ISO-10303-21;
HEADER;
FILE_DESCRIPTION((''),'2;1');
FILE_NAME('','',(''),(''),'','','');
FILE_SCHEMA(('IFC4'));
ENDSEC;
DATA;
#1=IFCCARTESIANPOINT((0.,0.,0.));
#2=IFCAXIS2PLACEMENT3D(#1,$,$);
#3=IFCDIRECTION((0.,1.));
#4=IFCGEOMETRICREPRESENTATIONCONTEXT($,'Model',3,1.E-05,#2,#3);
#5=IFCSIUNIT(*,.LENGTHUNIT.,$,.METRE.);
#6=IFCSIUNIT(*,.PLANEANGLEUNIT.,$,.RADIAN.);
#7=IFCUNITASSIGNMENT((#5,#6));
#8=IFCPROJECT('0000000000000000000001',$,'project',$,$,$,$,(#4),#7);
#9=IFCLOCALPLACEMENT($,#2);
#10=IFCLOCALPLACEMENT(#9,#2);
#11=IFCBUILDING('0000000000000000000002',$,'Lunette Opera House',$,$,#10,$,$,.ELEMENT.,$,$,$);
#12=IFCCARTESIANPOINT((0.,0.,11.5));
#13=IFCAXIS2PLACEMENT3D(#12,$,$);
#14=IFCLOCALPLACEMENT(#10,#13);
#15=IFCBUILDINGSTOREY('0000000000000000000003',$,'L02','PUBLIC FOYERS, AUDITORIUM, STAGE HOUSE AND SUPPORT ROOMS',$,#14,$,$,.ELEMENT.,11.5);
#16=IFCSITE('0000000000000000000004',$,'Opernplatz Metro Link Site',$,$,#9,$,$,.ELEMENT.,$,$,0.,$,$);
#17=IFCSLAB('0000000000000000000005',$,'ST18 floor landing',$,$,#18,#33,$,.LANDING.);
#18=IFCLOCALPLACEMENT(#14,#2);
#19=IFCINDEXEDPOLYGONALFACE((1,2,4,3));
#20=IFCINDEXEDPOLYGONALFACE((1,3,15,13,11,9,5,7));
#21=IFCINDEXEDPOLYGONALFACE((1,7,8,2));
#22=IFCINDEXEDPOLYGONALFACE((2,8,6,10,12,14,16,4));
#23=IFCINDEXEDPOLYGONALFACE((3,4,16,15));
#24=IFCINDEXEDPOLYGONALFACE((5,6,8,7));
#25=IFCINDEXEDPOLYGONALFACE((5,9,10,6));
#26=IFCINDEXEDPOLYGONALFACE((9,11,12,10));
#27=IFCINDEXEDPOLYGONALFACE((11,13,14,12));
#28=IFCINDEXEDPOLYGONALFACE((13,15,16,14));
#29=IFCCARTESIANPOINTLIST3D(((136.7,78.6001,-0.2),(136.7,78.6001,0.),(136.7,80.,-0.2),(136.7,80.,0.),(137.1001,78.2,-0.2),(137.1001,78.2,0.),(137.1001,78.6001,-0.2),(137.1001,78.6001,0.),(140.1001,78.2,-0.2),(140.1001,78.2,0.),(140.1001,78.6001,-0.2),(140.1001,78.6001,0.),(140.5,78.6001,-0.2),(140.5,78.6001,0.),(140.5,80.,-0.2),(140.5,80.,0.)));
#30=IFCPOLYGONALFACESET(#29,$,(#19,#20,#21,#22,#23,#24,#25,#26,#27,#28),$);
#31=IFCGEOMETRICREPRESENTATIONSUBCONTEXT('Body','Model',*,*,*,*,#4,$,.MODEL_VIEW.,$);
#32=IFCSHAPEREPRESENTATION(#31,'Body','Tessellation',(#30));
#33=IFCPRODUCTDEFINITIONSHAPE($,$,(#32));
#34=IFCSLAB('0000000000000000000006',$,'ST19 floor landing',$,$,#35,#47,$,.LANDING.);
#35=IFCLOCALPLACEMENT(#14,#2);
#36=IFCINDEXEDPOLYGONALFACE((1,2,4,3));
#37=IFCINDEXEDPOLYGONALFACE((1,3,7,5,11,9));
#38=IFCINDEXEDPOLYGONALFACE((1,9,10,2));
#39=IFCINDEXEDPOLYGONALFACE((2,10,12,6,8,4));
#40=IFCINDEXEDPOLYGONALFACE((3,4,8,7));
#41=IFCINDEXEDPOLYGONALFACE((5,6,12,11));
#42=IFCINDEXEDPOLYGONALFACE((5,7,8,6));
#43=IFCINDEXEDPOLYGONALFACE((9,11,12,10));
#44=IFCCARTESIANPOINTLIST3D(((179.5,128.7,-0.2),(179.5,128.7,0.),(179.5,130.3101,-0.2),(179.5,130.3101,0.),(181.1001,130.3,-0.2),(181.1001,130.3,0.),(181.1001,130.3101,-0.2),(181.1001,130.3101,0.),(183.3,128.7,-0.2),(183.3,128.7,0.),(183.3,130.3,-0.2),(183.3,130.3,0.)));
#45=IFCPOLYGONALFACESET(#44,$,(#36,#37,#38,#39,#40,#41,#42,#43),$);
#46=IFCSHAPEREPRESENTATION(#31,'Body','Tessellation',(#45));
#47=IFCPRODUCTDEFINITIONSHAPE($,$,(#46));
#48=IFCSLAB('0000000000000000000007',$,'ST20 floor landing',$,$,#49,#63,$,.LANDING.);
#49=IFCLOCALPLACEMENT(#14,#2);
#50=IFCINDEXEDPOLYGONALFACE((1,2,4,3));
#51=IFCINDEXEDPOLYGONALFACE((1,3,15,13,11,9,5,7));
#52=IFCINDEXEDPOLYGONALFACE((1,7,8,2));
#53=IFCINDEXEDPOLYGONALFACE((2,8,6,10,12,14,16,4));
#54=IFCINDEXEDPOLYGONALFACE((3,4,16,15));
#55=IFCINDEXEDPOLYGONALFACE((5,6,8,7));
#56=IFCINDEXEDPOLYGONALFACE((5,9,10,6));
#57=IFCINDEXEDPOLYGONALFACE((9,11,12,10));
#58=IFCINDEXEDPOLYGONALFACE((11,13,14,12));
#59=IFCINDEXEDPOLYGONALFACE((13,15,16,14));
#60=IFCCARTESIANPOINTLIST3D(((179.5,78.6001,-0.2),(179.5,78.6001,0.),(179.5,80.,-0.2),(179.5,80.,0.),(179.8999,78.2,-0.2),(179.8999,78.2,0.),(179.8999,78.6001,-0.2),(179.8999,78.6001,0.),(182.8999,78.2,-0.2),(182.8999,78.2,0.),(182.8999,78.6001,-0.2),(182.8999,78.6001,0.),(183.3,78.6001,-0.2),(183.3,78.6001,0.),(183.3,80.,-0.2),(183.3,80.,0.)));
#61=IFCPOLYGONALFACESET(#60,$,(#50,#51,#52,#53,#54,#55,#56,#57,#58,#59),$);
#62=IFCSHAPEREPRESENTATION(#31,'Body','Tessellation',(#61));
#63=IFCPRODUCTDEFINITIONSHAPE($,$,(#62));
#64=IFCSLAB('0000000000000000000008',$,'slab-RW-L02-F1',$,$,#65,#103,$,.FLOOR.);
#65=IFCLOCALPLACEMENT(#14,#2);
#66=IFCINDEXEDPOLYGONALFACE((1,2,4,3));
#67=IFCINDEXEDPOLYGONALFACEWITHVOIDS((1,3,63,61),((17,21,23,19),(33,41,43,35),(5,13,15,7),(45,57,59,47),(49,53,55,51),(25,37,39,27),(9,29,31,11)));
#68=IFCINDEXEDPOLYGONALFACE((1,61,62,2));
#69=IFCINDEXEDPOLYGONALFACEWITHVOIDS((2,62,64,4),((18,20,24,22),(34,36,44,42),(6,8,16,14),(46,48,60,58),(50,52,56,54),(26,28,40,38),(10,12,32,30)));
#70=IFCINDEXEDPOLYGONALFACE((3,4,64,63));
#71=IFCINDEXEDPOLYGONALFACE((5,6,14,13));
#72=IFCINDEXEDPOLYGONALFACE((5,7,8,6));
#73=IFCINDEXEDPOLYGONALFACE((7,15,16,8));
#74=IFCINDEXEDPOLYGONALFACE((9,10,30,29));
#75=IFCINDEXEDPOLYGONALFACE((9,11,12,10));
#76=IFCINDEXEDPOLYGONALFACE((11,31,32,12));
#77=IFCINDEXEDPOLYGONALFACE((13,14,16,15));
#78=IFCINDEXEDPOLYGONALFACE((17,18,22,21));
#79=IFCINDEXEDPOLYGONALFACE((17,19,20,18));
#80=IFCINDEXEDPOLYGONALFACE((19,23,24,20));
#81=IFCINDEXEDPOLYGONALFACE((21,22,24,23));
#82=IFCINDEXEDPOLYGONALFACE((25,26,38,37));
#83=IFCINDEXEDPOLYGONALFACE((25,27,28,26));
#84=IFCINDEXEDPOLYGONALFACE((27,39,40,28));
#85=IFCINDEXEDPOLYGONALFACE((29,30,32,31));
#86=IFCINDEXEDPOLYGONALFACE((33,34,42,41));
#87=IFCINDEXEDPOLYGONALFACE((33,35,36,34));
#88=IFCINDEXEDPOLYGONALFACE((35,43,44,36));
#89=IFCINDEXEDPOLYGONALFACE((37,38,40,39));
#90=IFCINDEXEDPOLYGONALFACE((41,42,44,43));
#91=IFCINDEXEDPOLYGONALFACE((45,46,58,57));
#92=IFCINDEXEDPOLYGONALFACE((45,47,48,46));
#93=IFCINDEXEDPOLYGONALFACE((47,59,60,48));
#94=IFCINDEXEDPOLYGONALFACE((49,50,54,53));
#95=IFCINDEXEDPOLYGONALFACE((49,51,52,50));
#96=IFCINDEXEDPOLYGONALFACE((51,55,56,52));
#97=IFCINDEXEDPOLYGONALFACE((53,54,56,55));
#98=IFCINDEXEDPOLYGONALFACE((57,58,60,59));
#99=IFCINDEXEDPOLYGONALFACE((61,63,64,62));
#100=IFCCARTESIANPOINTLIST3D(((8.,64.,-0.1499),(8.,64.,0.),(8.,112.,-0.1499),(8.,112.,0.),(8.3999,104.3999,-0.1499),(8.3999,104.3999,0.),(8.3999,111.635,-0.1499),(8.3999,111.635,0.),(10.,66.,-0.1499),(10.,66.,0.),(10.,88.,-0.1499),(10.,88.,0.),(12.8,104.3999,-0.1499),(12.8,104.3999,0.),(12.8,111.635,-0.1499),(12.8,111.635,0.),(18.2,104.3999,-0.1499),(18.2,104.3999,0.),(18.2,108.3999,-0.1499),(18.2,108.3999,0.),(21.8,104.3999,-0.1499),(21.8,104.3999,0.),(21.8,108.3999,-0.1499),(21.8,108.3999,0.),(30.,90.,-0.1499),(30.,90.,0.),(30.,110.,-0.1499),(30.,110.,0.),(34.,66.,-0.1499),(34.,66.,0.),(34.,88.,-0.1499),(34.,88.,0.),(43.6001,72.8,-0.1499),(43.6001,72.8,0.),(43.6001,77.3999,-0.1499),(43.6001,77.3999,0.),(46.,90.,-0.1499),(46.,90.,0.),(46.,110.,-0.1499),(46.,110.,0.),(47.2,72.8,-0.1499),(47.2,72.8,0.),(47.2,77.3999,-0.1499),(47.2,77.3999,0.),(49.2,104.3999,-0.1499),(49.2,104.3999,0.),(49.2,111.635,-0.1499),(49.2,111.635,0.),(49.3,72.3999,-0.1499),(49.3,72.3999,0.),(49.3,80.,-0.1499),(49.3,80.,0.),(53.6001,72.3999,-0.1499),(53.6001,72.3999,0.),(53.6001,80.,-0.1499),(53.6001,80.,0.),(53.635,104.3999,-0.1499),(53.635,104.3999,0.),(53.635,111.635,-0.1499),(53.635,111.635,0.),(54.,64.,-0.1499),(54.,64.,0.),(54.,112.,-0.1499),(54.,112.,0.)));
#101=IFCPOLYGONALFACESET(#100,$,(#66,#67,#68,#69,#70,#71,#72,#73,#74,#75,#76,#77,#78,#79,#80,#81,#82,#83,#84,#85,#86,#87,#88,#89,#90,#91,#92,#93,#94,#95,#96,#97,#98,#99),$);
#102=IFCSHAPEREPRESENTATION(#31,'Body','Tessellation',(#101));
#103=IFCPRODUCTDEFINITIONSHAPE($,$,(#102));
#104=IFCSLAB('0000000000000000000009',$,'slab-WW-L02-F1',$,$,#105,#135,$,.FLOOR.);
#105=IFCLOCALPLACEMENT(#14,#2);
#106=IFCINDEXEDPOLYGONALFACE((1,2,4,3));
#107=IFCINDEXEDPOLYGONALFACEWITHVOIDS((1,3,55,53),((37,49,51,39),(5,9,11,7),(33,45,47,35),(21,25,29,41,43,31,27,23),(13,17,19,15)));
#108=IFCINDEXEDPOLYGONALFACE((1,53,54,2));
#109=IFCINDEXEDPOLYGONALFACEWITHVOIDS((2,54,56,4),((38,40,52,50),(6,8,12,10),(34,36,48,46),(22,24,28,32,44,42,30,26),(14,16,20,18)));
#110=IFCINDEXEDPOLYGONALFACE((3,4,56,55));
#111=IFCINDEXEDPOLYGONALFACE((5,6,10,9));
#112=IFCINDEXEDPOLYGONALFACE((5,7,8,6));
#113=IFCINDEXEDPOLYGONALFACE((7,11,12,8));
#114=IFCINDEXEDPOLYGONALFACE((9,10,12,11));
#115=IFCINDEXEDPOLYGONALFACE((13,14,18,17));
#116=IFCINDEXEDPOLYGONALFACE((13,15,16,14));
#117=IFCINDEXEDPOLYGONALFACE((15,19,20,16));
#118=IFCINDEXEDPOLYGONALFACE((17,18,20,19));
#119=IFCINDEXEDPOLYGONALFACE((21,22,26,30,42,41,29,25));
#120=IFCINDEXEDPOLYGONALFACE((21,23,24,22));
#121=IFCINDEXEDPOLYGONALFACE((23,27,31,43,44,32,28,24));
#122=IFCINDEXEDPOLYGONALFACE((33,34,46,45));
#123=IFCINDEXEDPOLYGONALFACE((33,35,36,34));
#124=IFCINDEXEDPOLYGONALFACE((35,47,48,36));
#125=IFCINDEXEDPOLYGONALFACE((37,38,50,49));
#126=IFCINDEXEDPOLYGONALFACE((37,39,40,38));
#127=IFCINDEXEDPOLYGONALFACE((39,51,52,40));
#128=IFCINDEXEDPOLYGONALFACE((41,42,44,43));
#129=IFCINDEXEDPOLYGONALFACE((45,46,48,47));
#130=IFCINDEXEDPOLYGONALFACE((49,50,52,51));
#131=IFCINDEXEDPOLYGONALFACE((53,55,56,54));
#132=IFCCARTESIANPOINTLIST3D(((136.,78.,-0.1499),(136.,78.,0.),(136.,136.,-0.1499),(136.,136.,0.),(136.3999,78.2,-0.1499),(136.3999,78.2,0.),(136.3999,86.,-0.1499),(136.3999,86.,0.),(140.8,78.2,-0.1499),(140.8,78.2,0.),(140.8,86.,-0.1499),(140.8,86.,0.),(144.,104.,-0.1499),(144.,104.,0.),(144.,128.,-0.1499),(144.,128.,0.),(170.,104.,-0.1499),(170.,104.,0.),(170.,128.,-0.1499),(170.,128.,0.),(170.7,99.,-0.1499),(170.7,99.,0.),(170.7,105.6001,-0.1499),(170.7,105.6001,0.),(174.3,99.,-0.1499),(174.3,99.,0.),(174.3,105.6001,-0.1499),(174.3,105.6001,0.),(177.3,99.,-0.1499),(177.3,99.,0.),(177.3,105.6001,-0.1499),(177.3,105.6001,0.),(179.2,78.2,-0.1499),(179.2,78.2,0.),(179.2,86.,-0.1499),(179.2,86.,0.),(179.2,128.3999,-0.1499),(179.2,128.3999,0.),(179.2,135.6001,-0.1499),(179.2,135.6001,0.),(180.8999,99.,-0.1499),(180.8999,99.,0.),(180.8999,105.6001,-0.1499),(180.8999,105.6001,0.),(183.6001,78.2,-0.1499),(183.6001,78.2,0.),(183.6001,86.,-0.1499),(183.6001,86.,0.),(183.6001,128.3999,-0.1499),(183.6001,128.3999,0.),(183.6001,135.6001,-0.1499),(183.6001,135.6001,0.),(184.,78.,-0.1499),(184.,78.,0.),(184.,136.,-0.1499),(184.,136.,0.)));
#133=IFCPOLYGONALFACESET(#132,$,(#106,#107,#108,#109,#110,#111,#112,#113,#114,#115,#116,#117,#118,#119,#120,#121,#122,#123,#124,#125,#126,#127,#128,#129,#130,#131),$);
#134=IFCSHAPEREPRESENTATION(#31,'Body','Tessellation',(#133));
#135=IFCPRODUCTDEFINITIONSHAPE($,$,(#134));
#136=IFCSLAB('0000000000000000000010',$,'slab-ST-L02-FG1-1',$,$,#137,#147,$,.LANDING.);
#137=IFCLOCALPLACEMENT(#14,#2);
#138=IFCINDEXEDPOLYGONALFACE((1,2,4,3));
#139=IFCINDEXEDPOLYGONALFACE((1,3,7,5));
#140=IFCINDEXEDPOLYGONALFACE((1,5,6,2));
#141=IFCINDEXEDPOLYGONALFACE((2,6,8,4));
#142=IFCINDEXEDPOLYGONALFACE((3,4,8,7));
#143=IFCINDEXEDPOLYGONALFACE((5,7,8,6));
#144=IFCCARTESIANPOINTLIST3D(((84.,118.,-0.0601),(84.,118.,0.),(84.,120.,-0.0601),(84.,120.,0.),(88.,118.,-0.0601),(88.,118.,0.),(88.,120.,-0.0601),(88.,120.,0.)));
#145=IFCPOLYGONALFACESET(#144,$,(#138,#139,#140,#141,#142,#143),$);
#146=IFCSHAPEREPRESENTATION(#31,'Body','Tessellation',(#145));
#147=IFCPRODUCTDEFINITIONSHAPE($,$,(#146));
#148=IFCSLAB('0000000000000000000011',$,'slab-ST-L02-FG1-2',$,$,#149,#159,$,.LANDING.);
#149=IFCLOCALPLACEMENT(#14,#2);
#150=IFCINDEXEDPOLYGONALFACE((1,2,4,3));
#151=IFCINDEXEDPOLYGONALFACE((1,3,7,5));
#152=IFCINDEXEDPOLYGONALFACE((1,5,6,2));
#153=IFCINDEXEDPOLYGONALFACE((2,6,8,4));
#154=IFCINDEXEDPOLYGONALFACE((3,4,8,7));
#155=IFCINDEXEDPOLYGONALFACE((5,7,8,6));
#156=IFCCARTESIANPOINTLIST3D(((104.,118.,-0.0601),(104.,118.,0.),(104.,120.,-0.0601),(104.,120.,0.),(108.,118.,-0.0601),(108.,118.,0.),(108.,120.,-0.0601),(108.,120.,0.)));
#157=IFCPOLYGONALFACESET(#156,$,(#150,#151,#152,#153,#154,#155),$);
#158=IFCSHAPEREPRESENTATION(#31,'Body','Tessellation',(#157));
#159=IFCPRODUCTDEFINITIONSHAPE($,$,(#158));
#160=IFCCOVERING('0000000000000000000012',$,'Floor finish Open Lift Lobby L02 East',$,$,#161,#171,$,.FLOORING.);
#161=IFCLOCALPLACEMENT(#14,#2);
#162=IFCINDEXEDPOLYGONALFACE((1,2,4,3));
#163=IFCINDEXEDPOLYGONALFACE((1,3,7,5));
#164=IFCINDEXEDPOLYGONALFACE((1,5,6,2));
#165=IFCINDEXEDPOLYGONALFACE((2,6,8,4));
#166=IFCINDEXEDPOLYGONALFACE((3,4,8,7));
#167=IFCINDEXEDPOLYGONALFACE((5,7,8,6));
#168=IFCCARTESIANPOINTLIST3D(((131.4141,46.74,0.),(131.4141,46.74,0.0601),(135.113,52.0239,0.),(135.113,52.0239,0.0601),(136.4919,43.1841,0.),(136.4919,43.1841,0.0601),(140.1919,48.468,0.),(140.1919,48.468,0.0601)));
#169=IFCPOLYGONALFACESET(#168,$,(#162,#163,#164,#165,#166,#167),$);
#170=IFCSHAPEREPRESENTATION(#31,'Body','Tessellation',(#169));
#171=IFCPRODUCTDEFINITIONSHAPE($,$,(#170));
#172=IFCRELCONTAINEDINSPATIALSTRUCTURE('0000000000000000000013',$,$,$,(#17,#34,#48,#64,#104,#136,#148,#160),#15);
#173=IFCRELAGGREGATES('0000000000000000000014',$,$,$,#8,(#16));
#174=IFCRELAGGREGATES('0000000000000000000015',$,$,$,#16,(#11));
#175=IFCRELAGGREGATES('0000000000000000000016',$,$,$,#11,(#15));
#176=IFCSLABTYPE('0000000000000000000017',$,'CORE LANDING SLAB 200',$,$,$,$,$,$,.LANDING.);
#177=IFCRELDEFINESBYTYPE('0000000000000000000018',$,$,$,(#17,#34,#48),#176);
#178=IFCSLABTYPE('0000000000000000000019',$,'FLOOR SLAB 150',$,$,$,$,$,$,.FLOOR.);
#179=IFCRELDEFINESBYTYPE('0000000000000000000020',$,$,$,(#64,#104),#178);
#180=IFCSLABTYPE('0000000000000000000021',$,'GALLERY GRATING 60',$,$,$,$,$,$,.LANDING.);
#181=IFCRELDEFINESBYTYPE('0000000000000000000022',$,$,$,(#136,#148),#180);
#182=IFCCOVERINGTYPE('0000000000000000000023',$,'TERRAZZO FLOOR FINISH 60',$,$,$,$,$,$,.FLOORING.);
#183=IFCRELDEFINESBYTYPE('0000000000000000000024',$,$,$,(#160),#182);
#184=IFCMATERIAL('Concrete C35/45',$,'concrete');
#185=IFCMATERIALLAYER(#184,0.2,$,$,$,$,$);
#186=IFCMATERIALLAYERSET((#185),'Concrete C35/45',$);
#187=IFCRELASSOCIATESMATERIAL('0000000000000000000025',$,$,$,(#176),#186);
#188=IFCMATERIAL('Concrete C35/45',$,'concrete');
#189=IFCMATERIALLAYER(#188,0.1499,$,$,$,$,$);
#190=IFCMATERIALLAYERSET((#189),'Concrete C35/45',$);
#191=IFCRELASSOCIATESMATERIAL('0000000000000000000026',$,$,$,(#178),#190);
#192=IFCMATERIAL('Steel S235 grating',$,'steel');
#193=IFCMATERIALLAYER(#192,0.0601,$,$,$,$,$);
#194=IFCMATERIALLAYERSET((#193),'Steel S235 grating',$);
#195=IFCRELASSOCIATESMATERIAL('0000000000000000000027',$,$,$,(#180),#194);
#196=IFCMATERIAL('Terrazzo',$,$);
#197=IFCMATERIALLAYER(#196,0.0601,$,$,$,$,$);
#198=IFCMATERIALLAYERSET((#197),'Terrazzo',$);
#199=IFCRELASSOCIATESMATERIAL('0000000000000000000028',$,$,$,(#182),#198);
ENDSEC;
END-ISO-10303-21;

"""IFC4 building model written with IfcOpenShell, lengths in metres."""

from ifc_helpers import new_model, si_unit, direction, frame, origin, place, context, subcontext, project, spatial, polyline, outline, extrude, material, layer, layer_set, type_object, element, save


model = new_model("IFC4")

# Units and contexts
model_context = context("Model", 3, precision=1e-05, world=origin(), true_north=direction((0.0, 1.0)))
body_context = subcontext(model_context, "Body", "Model", "MODEL_VIEW")
ifc_project = project(units=[si_unit("LENGTHUNIT", "METRE"), si_unit("PLANEANGLEUNIT", "RADIAN")], contexts=[model_context])

# Site, building, storey
site_placement = place(None, origin())
site = spatial("IfcSite", under=ifc_project, at=site_placement, Name="Opernplatz Metro Link Site", CompositionType="ELEMENT", RefElevation=0.0)
building_placement = place(site_placement, origin())
building = spatial("IfcBuilding", under=site, at=building_placement, Name="Lunette Opera House", CompositionType="ELEMENT")
storey_placement = place(building_placement, frame((0.0, 0.0, 11.5)))
storey = spatial("IfcBuildingStorey", under=building, at=storey_placement, Name="L02", Description="PUBLIC FOYERS, AUDITORIUM, STAGE HOUSE AND SUPPORT ROOMS", CompositionType="ELEMENT", Elevation=11.5)

# Slabs
ifc_material_1 = material(Name="Concrete C35/45", Category="concrete")
ifc_layer_1 = layer(ifc_material_1, 0.2)
ifc_layer_set_1 = layer_set([ifc_layer_1], Name="Concrete C35/45")
slab_type_1 = type_object("IfcSlabType", Name="CORE LANDING SLAB 200", PredefinedType="LANDING", material=ifc_layer_set_1)
slab_1_placement = place(storey_placement, frame((0.0, 0.0, -0.2)))
element("IfcSlab", 1, at=slab_1_placement, inside=storey, type_object=slab_type_1, Name="ST18 floor landing", PredefinedType="LANDING", context=body_context, shape_type="SweptSolid", body=[
    extrude(outline(polyline([(136.7, 78.2), (136.7, 80.0), (140.5, 80.0), (140.5, 78.6001), (140.1001, 78.6001), (140.1001, 78.2), (137.1001, 78.2), (137.1001, 78.6001), (136.7, 78.6001), (136.7, 78.2)])), origin(), (0.0, 0.0, 1.0), 0.2),
])
slab_2_placement = place(storey_placement, frame((0.0, 0.0, -0.2)))
element("IfcSlab", 2, at=slab_2_placement, inside=storey, type_object=slab_type_1, Name="ST19 floor landing", PredefinedType="LANDING", context=body_context, shape_type="SweptSolid", body=[
    extrude(outline(polyline([(183.3, 130.3), (183.3, 128.7), (179.5, 128.7), (179.5, 130.3101), (181.1001, 130.3101), (181.1001, 130.3), (183.3, 130.3)])), origin(), (0.0, 0.0, 1.0), 0.2),
])
slab_3_placement = place(storey_placement, frame((0.0, 0.0, -0.2)))
element("IfcSlab", 3, at=slab_3_placement, inside=storey, type_object=slab_type_1, Name="ST20 floor landing", PredefinedType="LANDING", context=body_context, shape_type="SweptSolid", body=[
    extrude(outline(polyline([(179.5, 80.0), (183.3, 80.0), (183.3, 78.2), (183.3, 78.6001), (182.8999, 78.6001), (182.8999, 78.2), (179.8999, 78.2), (179.8999, 78.6001), (179.5, 78.6001), (179.5, 80.0)])), origin(), (0.0, 0.0, 1.0), 0.2),
])
ifc_material_2 = material(Name="Concrete C35/45", Category="concrete")
ifc_layer_2 = layer(ifc_material_2, 0.1499)
ifc_layer_set_2 = layer_set([ifc_layer_2], Name="Concrete C35/45")
slab_type_2 = type_object("IfcSlabType", Name="FLOOR SLAB 150", PredefinedType="FLOOR", material=ifc_layer_set_2)
slab_4_placement = place(storey_placement, frame((0.0, 0.0, -0.1499)))
element("IfcSlab", 4, at=slab_4_placement, inside=storey, type_object=slab_type_2, Name="slab-RW-L02-F1", PredefinedType="FLOOR", context=body_context, shape_type="SweptSolid", body=[
    extrude(outline(polyline([(8.0, 112.0), (8.0, 64.0), (54.0, 64.0), (54.0, 112.0), (8.0, 112.0)]), holes=[polyline([(34.0, 88.0), (34.0, 66.0), (10.0, 66.0), (10.0, 88.0), (34.0, 88.0)]), polyline([(46.0, 110.0), (46.0, 90.0), (30.0, 90.0), (30.0, 110.0), (46.0, 110.0)]), polyline([(43.6001, 72.8), (43.6001, 77.3999), (47.2, 77.3999), (47.2, 72.8), (43.6001, 72.8)]), polyline([(49.3, 72.3999), (49.3, 80.0), (53.6001, 80.0), (53.6001, 72.3999), (49.3, 72.3999)]), polyline([(18.2, 104.3999), (18.2, 108.3999), (21.8, 108.3999), (21.8, 104.3999), (18.2, 104.3999)]), polyline([(8.3999, 111.635), (12.8, 111.635), (12.8, 104.3999), (8.3999, 104.3999), (8.3999, 111.635)]), polyline([(49.2, 111.635), (53.635, 111.635), (53.635, 104.3999), (49.2, 104.3999), (49.2, 111.635)])]), origin(), (0.0, 0.0, 1.0), 0.1499),
])
slab_5_placement = place(storey_placement, frame((0.0, 0.0, -0.1499)))
element("IfcSlab", 5, at=slab_5_placement, inside=storey, type_object=slab_type_2, Name="slab-WW-L02-F1", PredefinedType="FLOOR", context=body_context, shape_type="SweptSolid", body=[
    extrude(outline(polyline([(136.0, 136.0), (136.0, 78.0), (184.0, 78.0), (184.0, 136.0), (136.0, 136.0)]), holes=[polyline([(144.0, 128.0), (170.0, 128.0), (170.0, 104.0), (144.0, 104.0), (144.0, 128.0)]), polyline([(136.3999, 78.2), (136.3999, 86.0), (140.8, 86.0), (140.8, 78.2), (136.3999, 78.2)]), polyline([(179.2, 86.0), (183.6001, 86.0), (183.6001, 78.2), (179.2, 78.2), (179.2, 86.0)]), polyline([(170.7, 105.6001), (174.3, 105.6001), (177.3, 105.6001), (180.8999, 105.6001), (180.8999, 99.0), (177.3, 99.0), (174.3, 99.0), (170.7, 99.0), (170.7, 105.6001)]), polyline([(179.2, 135.6001), (183.6001, 135.6001), (183.6001, 128.3999), (179.2, 128.3999), (179.2, 135.6001)])]), origin(), (0.0, 0.0, 1.0), 0.1499),
])
ifc_material_3 = material(Name="Steel S235 grating", Category="steel")
ifc_layer_3 = layer(ifc_material_3, 0.0601)
ifc_layer_set_3 = layer_set([ifc_layer_3], Name="Steel S235 grating")
slab_type_3 = type_object("IfcSlabType", Name="GALLERY GRATING 60", PredefinedType="LANDING", material=ifc_layer_set_3)
slab_6_placement = place(storey_placement, frame((0.0, 0.0, -0.0601)))
element("IfcSlab", 6, at=slab_6_placement, inside=storey, type_object=slab_type_3, Name="slab-ST-L02-FG1-1", PredefinedType="LANDING", context=body_context, shape_type="SweptSolid", body=[
    extrude(outline(polyline([(88.0, 118.0), (88.0, 120.0), (84.0, 120.0), (84.0, 118.0), (88.0, 118.0)])), origin(), (0.0, 0.0, 1.0), 0.0601),
])
slab_7_placement = place(storey_placement, frame((0.0, 0.0, -0.0601)))
element("IfcSlab", 7, at=slab_7_placement, inside=storey, type_object=slab_type_3, Name="slab-ST-L02-FG1-2", PredefinedType="LANDING", context=body_context, shape_type="SweptSolid", body=[
    extrude(outline(polyline([(108.0, 118.0), (108.0, 120.0), (104.0, 120.0), (104.0, 118.0), (108.0, 118.0)])), origin(), (0.0, 0.0, 1.0), 0.0601),
])

# Covering
ifc_material_4 = material(Name="Terrazzo")
ifc_layer_4 = layer(ifc_material_4, 0.0601)
ifc_layer_set_4 = layer_set([ifc_layer_4], Name="Terrazzo")
covering_type_1 = type_object("IfcCoveringType", Name="TERRAZZO FLOOR FINISH 60", PredefinedType="FLOORING", material=ifc_layer_set_4)
covering_1_placement = place(storey_placement, origin())
element("IfcCovering", 8, at=covering_1_placement, inside=storey, type_object=covering_type_1, Name="Floor finish Open Lift Lobby L02 East", PredefinedType="FLOORING", context=body_context, shape_type="SweptSolid", body=[
    extrude(outline(polyline([(131.4141, 46.74), (136.4919, 43.1841), (140.1919, 48.468), (135.113, 52.0239), (131.4141, 46.74)])), origin(), (0.0, 0.0, 1.0), 0.0601),
])

save(model, "model.ifc")
